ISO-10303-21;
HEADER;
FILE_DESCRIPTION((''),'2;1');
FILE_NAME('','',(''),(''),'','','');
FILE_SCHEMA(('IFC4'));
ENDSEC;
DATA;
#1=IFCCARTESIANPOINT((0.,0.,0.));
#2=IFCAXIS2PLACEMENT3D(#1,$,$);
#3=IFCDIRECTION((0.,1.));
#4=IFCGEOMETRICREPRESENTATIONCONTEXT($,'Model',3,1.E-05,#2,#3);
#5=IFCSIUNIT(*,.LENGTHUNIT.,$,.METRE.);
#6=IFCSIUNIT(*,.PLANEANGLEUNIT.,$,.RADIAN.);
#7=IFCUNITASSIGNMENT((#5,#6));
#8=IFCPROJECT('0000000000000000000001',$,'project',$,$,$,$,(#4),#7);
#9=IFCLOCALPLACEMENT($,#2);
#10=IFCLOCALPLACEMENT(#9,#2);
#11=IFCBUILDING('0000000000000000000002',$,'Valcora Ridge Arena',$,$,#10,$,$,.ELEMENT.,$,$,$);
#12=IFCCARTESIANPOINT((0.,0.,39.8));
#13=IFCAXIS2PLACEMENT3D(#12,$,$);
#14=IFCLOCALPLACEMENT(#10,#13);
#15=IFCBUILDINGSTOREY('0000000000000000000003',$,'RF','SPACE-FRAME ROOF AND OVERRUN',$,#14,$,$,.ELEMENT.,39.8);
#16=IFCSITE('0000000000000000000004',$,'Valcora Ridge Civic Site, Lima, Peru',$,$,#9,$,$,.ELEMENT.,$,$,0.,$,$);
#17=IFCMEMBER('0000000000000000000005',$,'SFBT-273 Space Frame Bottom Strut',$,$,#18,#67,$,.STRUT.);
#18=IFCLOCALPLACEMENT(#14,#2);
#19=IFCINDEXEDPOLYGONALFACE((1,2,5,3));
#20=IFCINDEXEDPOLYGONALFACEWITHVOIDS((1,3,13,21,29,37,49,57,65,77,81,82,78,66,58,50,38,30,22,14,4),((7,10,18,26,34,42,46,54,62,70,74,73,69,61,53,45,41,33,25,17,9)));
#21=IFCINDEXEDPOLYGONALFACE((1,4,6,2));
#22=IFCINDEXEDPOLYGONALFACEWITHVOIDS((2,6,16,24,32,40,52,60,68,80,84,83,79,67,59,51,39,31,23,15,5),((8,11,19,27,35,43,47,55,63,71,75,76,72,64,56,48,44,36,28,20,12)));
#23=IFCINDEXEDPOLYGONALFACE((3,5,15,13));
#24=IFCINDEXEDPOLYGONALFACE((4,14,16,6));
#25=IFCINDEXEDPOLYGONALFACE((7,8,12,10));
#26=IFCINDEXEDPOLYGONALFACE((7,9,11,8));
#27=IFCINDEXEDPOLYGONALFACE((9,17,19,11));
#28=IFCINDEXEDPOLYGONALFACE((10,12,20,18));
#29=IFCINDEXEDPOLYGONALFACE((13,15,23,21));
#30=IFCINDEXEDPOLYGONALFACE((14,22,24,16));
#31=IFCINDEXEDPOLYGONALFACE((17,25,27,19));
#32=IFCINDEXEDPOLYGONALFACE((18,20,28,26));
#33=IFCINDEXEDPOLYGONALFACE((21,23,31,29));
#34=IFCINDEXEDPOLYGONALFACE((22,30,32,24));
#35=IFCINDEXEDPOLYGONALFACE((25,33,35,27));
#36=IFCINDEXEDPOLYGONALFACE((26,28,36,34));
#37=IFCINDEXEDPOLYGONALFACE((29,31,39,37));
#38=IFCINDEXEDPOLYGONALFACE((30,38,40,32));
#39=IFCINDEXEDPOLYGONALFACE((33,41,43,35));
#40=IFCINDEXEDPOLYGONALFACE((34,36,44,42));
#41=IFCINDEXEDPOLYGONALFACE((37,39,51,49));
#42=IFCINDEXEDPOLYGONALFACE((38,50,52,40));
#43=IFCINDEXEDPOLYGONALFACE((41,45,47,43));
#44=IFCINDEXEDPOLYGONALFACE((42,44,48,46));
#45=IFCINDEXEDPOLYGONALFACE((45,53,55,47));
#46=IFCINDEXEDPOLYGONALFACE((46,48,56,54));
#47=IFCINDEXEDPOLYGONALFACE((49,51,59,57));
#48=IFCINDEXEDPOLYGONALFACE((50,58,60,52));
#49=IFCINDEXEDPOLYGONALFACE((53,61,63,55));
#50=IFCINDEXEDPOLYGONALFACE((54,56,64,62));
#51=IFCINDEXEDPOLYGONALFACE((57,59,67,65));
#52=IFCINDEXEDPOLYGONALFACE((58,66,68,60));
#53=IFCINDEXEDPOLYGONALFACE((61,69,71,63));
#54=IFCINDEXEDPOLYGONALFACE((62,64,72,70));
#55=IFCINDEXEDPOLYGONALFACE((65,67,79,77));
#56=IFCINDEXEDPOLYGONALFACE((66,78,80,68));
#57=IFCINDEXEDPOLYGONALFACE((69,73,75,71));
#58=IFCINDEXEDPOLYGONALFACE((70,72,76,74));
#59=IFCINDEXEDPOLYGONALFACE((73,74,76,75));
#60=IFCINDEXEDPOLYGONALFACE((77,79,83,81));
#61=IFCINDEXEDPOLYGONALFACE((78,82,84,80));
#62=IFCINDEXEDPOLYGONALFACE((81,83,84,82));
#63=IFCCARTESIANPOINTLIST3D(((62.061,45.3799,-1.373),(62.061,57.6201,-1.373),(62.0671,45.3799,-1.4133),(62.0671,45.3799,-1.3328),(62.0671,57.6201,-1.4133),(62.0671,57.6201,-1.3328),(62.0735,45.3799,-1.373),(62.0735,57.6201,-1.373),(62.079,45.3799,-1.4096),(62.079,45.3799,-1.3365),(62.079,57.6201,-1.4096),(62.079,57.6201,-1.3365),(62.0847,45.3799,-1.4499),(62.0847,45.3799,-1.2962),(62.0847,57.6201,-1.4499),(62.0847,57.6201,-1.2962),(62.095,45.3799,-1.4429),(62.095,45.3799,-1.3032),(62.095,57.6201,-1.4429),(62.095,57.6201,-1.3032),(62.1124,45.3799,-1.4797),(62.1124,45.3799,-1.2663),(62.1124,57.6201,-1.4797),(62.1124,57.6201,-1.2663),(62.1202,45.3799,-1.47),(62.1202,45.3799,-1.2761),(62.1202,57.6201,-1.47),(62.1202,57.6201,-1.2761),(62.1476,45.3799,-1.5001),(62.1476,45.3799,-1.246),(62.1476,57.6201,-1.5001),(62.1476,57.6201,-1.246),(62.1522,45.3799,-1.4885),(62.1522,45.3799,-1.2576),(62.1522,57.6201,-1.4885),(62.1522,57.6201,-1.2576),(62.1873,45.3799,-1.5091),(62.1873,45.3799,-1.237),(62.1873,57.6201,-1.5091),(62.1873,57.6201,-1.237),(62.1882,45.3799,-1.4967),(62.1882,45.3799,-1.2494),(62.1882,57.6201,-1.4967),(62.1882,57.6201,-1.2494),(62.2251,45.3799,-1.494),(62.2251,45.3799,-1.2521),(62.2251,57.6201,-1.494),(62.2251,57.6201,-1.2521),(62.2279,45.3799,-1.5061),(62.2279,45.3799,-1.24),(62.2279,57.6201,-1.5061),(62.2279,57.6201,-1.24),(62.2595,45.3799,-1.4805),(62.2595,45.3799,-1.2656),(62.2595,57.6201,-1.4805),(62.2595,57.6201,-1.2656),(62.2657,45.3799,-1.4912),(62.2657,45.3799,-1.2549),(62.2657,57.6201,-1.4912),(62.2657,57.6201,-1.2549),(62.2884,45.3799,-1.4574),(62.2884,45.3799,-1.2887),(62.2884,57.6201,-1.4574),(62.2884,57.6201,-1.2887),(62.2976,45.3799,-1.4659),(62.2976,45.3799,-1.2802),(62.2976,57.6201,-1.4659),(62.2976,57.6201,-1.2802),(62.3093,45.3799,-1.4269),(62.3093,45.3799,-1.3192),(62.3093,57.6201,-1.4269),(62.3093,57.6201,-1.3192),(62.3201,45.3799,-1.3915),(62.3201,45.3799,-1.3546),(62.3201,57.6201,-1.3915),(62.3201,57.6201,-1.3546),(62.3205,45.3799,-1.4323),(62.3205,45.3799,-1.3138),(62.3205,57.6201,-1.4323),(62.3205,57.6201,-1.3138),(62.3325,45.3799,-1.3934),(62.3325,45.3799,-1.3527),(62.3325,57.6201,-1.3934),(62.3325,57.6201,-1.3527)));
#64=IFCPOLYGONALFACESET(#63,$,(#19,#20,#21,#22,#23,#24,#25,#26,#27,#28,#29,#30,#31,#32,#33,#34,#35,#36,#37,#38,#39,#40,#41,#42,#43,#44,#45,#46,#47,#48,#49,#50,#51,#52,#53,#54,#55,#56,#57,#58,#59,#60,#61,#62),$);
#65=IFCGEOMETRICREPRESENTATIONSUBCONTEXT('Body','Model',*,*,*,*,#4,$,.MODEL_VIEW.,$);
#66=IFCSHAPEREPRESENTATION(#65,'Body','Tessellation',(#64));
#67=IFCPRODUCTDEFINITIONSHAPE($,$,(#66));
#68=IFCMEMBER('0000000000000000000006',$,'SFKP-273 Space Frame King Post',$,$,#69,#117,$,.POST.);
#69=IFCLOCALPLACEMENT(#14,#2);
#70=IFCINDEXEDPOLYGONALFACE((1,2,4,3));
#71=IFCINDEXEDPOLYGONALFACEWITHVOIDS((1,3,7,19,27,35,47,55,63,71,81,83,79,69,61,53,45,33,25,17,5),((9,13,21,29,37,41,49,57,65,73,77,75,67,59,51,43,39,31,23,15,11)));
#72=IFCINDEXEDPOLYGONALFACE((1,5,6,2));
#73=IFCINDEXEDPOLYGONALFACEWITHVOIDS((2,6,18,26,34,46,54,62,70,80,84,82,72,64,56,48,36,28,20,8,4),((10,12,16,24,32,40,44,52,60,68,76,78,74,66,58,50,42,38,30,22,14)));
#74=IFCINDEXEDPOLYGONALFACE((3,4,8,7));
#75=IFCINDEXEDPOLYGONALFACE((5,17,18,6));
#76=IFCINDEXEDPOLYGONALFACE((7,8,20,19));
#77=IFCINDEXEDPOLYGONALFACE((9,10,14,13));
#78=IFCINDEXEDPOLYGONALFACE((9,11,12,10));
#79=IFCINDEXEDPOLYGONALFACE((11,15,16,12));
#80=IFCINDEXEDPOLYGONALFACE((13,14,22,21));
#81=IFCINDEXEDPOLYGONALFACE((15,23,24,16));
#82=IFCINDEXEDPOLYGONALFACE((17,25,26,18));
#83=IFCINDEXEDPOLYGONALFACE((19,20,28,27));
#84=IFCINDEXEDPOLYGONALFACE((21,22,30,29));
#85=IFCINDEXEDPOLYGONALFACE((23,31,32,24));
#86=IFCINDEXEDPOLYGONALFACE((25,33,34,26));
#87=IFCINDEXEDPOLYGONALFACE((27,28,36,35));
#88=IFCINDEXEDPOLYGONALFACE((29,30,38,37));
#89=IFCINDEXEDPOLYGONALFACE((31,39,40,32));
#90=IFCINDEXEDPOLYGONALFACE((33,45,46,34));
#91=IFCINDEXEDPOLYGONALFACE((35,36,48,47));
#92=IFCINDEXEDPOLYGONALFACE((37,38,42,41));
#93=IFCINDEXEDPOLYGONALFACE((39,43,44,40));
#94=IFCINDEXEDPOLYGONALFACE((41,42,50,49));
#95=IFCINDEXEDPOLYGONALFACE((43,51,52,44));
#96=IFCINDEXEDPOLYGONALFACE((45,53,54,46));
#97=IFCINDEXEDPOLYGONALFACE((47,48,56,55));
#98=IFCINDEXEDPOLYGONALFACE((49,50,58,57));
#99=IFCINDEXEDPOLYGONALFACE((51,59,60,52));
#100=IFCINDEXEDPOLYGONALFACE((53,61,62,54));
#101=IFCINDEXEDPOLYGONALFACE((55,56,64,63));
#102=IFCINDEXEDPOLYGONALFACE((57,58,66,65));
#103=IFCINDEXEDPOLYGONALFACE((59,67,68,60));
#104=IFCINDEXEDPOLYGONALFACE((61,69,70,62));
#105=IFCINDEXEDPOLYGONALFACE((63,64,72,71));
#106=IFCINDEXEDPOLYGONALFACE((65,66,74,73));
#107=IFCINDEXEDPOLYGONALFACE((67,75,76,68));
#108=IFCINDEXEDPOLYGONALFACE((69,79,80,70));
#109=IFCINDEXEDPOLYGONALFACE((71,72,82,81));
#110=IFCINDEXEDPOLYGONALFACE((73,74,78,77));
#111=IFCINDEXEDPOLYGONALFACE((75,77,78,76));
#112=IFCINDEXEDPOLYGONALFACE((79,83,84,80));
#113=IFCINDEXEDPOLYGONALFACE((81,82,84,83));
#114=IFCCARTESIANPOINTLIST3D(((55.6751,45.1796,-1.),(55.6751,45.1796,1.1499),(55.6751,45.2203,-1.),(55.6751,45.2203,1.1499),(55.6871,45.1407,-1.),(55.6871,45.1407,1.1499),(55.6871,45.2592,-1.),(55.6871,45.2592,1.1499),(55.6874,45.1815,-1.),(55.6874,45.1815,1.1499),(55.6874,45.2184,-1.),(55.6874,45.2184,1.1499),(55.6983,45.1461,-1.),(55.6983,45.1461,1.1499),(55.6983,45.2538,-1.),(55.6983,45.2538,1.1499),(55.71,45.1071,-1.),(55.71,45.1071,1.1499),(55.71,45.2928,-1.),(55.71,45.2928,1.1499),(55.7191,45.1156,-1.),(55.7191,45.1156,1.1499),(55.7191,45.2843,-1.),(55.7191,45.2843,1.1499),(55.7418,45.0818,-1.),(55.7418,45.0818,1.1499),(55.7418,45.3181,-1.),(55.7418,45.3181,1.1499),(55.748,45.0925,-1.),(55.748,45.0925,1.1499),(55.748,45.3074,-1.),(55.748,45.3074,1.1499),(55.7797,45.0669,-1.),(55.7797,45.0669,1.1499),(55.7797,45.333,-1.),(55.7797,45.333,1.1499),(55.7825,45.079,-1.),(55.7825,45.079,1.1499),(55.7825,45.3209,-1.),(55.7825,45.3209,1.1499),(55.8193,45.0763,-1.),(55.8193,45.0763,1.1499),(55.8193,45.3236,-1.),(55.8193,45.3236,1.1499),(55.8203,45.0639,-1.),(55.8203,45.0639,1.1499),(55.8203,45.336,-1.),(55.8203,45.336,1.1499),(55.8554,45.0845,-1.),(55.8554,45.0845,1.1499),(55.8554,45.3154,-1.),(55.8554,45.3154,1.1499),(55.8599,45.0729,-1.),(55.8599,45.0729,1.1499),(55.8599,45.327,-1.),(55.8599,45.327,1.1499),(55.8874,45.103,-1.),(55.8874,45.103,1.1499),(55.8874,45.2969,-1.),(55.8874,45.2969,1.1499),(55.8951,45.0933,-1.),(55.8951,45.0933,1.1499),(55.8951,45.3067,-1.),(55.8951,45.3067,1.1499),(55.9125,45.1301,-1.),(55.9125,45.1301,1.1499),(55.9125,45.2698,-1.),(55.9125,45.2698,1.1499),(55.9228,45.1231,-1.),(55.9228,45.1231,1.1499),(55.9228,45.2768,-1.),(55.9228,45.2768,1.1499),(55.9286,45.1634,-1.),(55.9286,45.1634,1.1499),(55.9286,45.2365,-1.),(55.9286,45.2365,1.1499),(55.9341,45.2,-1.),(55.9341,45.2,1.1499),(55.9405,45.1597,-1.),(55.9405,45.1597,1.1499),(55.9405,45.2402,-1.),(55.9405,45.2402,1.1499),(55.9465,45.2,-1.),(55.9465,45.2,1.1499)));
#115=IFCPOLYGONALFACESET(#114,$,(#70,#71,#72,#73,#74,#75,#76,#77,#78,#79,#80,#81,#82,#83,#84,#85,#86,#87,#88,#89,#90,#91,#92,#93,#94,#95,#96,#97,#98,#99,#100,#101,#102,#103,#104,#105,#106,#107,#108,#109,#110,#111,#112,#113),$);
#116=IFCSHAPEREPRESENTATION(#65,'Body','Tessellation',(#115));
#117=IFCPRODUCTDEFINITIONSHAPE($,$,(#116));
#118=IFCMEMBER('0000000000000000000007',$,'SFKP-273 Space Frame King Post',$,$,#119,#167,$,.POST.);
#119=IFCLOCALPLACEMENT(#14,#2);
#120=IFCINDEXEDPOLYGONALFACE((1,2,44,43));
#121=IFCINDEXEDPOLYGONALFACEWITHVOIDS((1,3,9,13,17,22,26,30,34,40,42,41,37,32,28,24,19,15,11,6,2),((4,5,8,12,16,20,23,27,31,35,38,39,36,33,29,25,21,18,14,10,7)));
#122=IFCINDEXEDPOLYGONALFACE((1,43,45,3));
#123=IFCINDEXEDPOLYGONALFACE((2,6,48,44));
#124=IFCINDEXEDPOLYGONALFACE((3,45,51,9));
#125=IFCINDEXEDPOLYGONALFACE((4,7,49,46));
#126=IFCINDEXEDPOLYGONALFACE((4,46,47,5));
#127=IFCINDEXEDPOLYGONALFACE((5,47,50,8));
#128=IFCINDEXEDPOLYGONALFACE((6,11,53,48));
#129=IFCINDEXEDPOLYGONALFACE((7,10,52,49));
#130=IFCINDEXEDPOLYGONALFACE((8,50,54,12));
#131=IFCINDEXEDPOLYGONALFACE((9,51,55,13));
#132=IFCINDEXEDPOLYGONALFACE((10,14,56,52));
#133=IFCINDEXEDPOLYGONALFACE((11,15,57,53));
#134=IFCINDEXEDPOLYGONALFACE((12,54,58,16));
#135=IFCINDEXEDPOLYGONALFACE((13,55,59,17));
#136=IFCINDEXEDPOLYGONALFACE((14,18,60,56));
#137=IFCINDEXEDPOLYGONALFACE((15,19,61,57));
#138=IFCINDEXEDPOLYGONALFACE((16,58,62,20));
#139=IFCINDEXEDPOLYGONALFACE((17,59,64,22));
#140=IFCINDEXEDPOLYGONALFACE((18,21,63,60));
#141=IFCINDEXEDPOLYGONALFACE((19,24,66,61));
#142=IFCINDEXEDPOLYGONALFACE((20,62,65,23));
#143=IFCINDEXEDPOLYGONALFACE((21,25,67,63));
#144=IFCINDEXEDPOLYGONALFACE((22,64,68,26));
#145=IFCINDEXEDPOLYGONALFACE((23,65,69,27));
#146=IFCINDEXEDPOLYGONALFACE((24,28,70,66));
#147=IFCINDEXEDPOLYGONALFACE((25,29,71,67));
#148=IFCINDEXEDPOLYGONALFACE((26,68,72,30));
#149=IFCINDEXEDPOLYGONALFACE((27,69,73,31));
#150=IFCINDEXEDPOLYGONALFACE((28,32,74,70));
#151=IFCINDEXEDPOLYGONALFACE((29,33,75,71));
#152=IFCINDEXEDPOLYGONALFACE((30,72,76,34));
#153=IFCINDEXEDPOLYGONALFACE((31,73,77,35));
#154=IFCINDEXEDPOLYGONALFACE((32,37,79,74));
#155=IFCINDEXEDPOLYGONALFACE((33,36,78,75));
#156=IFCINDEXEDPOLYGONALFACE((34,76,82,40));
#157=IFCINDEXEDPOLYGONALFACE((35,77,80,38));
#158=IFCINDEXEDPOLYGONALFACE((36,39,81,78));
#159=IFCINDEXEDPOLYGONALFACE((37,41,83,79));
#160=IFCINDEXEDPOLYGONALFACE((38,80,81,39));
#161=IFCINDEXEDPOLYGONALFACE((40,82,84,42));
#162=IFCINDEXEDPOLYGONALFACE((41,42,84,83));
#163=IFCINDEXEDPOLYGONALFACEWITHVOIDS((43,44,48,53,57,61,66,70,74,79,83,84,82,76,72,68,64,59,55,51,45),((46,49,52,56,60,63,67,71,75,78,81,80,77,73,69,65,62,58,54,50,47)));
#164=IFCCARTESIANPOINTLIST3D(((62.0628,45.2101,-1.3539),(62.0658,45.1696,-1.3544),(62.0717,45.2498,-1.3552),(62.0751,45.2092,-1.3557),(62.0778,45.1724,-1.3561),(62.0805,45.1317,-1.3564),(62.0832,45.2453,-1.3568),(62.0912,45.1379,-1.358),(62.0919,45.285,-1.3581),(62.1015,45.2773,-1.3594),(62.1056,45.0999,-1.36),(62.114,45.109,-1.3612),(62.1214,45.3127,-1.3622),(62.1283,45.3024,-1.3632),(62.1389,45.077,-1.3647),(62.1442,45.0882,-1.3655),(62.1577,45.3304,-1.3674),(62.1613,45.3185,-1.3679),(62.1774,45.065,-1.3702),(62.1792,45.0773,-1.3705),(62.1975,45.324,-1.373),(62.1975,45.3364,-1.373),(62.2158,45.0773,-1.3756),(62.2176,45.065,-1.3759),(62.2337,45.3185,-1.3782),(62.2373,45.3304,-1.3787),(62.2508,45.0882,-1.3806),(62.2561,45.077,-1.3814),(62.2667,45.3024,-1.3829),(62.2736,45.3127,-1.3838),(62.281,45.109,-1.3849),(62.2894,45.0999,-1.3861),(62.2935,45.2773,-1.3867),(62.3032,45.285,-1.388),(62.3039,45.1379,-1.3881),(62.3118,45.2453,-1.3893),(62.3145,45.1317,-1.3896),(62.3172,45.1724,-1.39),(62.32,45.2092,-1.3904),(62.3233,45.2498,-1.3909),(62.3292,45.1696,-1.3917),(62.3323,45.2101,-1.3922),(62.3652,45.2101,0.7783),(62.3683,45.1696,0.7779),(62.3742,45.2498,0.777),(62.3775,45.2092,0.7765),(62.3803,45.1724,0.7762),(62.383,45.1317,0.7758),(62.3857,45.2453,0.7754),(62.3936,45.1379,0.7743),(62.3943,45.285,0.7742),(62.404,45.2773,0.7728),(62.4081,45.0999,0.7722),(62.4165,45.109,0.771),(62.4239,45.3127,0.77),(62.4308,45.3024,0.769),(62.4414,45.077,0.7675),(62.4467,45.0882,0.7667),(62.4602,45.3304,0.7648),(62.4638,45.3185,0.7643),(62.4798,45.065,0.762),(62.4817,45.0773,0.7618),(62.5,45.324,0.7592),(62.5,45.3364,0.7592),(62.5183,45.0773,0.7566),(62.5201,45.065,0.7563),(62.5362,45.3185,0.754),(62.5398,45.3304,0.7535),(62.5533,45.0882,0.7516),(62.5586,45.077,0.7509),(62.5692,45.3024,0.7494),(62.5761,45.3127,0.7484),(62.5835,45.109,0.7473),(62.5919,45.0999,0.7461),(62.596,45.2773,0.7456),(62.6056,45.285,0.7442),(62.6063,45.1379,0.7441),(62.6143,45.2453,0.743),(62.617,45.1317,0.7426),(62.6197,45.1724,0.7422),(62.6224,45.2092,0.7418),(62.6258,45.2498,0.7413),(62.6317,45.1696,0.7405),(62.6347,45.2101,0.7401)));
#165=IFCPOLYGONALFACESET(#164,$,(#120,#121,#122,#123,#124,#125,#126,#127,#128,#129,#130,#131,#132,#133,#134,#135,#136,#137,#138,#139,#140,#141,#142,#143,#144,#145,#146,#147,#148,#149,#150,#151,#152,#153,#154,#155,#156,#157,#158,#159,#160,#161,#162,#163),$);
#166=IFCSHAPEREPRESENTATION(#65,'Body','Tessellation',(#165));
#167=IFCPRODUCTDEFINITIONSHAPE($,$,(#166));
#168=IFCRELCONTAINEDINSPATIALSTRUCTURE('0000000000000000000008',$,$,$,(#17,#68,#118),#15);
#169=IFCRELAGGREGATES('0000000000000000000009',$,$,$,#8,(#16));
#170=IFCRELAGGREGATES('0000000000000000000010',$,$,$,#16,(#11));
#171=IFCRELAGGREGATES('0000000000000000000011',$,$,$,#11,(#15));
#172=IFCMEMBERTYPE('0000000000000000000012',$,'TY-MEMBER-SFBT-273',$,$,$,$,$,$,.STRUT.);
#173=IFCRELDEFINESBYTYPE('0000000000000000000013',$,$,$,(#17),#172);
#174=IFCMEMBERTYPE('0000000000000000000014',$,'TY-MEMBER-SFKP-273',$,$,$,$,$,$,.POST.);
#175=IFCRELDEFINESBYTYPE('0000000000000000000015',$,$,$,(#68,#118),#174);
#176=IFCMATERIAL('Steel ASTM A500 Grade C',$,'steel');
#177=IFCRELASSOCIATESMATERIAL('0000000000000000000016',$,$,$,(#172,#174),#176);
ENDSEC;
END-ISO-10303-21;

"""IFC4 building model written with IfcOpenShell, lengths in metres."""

from ifc_helpers import new_model, si_unit, direction, frame, origin, origin_2d, place, context, subcontext, project, spatial, hollow_circle, extrude, material, material_profile, profile_set, type_object, element, save


model = new_model("IFC4")

# Units and contexts
model_context = context("Model", 3, precision=1e-05, world=origin(), true_north=direction((0.0, 1.0)))
body_context = subcontext(model_context, "Body", "Model", "MODEL_VIEW")
ifc_project = project(units=[si_unit("LENGTHUNIT", "METRE"), si_unit("PLANEANGLEUNIT", "RADIAN")], contexts=[model_context])

# Site, building, storey
site_placement = place(None, origin())
site = spatial("IfcSite", under=ifc_project, at=site_placement, Name="Valcora Ridge Civic Site, Lima, Peru", CompositionType="ELEMENT", RefElevation=0.0)
building_placement = place(site_placement, origin())
building = spatial("IfcBuilding", under=site, at=building_placement, Name="Valcora Ridge Arena", CompositionType="ELEMENT")
storey_placement = place(building_placement, frame((0.0, 0.0, 39.8)))
storey = spatial("IfcBuildingStorey", under=building, at=storey_placement, Name="RF", Description="SPACE-FRAME ROOF AND OVERRUN", CompositionType="ELEMENT", Elevation=39.8)

# Members
ifc_material_1 = material(Name="Steel ASTM A500 Grade C", Category="steel")
ifc_material_profile_1 = material_profile(ifc_material_1, hollow_circle(Radius=0.1365, WallThickness=0.0125, at=origin_2d()), Name="CHS273X12")
ifc_profile_set_1 = profile_set([ifc_material_profile_1], Name="Steel ASTM A500 Grade C")
member_type_1 = type_object("IfcMemberType", Name="TY-MEMBER-SFBT-273", PredefinedType="STRUT", material=ifc_profile_set_1)
member_1_placement = place(storey_placement, frame((62.1975, 45.3799, -1.373), z_axis=(0.0, 1.0, 0.0), x_axis=(-1.0, 0.0, 0.0)))
element("IfcMember", 1, at=member_1_placement, inside=storey, type_object=member_type_1, Name="SFBT-273 Space Frame Bottom Strut", PredefinedType="STRUT", context=body_context, shape_type="SweptSolid", body=[
    extrude(hollow_circle(Radius=0.1365, WallThickness=0.0125, at=origin_2d()), origin(), (0.0, 0.0, 1.0), 12.2402),
])
ifc_material_profile_2 = material_profile(ifc_material_1, hollow_circle(Radius=0.1365, WallThickness=0.0125, at=origin_2d()), Name="CHS273X12")
ifc_profile_set_2 = profile_set([ifc_material_profile_2], Name="Steel ASTM A500 Grade C")
member_type_2 = type_object("IfcMemberType", Name="TY-MEMBER-SFKP-273", PredefinedType="POST", material=ifc_profile_set_2)
member_2_placement = place(storey_placement, frame((55.8101, 45.2, -1.0), z_axis=(0.0, 0.0, 1.0), x_axis=(1.0, 0.0, 0.0)))
element("IfcMember", 2, at=member_2_placement, inside=storey, type_object=member_type_2, Name="SFKP-273 Space Frame King Post", PredefinedType="POST", context=body_context, shape_type="SweptSolid", body=[
    extrude(hollow_circle(Radius=0.1365, WallThickness=0.0125, at=origin_2d()), origin(), (0.0, 0.0, 1.0), 2.1499),
])
member_3_placement = place(storey_placement, frame((62.1975, 45.2, -1.373), z_axis=(0.140453, 0.0, 0.990087), x_axis=(0.0, 1.0, 0.0)))
element("IfcMember", 3, at=member_3_placement, inside=storey, type_object=member_type_2, Name="SFKP-273 Space Frame King Post", PredefinedType="POST", context=body_context, shape_type="SweptSolid", body=[
    extrude(hollow_circle(Radius=0.1365, WallThickness=0.0125, at=origin_2d()), origin(), (0.0, 0.0, 1.0), 2.1536),
])

save(model, "model.ifc")
